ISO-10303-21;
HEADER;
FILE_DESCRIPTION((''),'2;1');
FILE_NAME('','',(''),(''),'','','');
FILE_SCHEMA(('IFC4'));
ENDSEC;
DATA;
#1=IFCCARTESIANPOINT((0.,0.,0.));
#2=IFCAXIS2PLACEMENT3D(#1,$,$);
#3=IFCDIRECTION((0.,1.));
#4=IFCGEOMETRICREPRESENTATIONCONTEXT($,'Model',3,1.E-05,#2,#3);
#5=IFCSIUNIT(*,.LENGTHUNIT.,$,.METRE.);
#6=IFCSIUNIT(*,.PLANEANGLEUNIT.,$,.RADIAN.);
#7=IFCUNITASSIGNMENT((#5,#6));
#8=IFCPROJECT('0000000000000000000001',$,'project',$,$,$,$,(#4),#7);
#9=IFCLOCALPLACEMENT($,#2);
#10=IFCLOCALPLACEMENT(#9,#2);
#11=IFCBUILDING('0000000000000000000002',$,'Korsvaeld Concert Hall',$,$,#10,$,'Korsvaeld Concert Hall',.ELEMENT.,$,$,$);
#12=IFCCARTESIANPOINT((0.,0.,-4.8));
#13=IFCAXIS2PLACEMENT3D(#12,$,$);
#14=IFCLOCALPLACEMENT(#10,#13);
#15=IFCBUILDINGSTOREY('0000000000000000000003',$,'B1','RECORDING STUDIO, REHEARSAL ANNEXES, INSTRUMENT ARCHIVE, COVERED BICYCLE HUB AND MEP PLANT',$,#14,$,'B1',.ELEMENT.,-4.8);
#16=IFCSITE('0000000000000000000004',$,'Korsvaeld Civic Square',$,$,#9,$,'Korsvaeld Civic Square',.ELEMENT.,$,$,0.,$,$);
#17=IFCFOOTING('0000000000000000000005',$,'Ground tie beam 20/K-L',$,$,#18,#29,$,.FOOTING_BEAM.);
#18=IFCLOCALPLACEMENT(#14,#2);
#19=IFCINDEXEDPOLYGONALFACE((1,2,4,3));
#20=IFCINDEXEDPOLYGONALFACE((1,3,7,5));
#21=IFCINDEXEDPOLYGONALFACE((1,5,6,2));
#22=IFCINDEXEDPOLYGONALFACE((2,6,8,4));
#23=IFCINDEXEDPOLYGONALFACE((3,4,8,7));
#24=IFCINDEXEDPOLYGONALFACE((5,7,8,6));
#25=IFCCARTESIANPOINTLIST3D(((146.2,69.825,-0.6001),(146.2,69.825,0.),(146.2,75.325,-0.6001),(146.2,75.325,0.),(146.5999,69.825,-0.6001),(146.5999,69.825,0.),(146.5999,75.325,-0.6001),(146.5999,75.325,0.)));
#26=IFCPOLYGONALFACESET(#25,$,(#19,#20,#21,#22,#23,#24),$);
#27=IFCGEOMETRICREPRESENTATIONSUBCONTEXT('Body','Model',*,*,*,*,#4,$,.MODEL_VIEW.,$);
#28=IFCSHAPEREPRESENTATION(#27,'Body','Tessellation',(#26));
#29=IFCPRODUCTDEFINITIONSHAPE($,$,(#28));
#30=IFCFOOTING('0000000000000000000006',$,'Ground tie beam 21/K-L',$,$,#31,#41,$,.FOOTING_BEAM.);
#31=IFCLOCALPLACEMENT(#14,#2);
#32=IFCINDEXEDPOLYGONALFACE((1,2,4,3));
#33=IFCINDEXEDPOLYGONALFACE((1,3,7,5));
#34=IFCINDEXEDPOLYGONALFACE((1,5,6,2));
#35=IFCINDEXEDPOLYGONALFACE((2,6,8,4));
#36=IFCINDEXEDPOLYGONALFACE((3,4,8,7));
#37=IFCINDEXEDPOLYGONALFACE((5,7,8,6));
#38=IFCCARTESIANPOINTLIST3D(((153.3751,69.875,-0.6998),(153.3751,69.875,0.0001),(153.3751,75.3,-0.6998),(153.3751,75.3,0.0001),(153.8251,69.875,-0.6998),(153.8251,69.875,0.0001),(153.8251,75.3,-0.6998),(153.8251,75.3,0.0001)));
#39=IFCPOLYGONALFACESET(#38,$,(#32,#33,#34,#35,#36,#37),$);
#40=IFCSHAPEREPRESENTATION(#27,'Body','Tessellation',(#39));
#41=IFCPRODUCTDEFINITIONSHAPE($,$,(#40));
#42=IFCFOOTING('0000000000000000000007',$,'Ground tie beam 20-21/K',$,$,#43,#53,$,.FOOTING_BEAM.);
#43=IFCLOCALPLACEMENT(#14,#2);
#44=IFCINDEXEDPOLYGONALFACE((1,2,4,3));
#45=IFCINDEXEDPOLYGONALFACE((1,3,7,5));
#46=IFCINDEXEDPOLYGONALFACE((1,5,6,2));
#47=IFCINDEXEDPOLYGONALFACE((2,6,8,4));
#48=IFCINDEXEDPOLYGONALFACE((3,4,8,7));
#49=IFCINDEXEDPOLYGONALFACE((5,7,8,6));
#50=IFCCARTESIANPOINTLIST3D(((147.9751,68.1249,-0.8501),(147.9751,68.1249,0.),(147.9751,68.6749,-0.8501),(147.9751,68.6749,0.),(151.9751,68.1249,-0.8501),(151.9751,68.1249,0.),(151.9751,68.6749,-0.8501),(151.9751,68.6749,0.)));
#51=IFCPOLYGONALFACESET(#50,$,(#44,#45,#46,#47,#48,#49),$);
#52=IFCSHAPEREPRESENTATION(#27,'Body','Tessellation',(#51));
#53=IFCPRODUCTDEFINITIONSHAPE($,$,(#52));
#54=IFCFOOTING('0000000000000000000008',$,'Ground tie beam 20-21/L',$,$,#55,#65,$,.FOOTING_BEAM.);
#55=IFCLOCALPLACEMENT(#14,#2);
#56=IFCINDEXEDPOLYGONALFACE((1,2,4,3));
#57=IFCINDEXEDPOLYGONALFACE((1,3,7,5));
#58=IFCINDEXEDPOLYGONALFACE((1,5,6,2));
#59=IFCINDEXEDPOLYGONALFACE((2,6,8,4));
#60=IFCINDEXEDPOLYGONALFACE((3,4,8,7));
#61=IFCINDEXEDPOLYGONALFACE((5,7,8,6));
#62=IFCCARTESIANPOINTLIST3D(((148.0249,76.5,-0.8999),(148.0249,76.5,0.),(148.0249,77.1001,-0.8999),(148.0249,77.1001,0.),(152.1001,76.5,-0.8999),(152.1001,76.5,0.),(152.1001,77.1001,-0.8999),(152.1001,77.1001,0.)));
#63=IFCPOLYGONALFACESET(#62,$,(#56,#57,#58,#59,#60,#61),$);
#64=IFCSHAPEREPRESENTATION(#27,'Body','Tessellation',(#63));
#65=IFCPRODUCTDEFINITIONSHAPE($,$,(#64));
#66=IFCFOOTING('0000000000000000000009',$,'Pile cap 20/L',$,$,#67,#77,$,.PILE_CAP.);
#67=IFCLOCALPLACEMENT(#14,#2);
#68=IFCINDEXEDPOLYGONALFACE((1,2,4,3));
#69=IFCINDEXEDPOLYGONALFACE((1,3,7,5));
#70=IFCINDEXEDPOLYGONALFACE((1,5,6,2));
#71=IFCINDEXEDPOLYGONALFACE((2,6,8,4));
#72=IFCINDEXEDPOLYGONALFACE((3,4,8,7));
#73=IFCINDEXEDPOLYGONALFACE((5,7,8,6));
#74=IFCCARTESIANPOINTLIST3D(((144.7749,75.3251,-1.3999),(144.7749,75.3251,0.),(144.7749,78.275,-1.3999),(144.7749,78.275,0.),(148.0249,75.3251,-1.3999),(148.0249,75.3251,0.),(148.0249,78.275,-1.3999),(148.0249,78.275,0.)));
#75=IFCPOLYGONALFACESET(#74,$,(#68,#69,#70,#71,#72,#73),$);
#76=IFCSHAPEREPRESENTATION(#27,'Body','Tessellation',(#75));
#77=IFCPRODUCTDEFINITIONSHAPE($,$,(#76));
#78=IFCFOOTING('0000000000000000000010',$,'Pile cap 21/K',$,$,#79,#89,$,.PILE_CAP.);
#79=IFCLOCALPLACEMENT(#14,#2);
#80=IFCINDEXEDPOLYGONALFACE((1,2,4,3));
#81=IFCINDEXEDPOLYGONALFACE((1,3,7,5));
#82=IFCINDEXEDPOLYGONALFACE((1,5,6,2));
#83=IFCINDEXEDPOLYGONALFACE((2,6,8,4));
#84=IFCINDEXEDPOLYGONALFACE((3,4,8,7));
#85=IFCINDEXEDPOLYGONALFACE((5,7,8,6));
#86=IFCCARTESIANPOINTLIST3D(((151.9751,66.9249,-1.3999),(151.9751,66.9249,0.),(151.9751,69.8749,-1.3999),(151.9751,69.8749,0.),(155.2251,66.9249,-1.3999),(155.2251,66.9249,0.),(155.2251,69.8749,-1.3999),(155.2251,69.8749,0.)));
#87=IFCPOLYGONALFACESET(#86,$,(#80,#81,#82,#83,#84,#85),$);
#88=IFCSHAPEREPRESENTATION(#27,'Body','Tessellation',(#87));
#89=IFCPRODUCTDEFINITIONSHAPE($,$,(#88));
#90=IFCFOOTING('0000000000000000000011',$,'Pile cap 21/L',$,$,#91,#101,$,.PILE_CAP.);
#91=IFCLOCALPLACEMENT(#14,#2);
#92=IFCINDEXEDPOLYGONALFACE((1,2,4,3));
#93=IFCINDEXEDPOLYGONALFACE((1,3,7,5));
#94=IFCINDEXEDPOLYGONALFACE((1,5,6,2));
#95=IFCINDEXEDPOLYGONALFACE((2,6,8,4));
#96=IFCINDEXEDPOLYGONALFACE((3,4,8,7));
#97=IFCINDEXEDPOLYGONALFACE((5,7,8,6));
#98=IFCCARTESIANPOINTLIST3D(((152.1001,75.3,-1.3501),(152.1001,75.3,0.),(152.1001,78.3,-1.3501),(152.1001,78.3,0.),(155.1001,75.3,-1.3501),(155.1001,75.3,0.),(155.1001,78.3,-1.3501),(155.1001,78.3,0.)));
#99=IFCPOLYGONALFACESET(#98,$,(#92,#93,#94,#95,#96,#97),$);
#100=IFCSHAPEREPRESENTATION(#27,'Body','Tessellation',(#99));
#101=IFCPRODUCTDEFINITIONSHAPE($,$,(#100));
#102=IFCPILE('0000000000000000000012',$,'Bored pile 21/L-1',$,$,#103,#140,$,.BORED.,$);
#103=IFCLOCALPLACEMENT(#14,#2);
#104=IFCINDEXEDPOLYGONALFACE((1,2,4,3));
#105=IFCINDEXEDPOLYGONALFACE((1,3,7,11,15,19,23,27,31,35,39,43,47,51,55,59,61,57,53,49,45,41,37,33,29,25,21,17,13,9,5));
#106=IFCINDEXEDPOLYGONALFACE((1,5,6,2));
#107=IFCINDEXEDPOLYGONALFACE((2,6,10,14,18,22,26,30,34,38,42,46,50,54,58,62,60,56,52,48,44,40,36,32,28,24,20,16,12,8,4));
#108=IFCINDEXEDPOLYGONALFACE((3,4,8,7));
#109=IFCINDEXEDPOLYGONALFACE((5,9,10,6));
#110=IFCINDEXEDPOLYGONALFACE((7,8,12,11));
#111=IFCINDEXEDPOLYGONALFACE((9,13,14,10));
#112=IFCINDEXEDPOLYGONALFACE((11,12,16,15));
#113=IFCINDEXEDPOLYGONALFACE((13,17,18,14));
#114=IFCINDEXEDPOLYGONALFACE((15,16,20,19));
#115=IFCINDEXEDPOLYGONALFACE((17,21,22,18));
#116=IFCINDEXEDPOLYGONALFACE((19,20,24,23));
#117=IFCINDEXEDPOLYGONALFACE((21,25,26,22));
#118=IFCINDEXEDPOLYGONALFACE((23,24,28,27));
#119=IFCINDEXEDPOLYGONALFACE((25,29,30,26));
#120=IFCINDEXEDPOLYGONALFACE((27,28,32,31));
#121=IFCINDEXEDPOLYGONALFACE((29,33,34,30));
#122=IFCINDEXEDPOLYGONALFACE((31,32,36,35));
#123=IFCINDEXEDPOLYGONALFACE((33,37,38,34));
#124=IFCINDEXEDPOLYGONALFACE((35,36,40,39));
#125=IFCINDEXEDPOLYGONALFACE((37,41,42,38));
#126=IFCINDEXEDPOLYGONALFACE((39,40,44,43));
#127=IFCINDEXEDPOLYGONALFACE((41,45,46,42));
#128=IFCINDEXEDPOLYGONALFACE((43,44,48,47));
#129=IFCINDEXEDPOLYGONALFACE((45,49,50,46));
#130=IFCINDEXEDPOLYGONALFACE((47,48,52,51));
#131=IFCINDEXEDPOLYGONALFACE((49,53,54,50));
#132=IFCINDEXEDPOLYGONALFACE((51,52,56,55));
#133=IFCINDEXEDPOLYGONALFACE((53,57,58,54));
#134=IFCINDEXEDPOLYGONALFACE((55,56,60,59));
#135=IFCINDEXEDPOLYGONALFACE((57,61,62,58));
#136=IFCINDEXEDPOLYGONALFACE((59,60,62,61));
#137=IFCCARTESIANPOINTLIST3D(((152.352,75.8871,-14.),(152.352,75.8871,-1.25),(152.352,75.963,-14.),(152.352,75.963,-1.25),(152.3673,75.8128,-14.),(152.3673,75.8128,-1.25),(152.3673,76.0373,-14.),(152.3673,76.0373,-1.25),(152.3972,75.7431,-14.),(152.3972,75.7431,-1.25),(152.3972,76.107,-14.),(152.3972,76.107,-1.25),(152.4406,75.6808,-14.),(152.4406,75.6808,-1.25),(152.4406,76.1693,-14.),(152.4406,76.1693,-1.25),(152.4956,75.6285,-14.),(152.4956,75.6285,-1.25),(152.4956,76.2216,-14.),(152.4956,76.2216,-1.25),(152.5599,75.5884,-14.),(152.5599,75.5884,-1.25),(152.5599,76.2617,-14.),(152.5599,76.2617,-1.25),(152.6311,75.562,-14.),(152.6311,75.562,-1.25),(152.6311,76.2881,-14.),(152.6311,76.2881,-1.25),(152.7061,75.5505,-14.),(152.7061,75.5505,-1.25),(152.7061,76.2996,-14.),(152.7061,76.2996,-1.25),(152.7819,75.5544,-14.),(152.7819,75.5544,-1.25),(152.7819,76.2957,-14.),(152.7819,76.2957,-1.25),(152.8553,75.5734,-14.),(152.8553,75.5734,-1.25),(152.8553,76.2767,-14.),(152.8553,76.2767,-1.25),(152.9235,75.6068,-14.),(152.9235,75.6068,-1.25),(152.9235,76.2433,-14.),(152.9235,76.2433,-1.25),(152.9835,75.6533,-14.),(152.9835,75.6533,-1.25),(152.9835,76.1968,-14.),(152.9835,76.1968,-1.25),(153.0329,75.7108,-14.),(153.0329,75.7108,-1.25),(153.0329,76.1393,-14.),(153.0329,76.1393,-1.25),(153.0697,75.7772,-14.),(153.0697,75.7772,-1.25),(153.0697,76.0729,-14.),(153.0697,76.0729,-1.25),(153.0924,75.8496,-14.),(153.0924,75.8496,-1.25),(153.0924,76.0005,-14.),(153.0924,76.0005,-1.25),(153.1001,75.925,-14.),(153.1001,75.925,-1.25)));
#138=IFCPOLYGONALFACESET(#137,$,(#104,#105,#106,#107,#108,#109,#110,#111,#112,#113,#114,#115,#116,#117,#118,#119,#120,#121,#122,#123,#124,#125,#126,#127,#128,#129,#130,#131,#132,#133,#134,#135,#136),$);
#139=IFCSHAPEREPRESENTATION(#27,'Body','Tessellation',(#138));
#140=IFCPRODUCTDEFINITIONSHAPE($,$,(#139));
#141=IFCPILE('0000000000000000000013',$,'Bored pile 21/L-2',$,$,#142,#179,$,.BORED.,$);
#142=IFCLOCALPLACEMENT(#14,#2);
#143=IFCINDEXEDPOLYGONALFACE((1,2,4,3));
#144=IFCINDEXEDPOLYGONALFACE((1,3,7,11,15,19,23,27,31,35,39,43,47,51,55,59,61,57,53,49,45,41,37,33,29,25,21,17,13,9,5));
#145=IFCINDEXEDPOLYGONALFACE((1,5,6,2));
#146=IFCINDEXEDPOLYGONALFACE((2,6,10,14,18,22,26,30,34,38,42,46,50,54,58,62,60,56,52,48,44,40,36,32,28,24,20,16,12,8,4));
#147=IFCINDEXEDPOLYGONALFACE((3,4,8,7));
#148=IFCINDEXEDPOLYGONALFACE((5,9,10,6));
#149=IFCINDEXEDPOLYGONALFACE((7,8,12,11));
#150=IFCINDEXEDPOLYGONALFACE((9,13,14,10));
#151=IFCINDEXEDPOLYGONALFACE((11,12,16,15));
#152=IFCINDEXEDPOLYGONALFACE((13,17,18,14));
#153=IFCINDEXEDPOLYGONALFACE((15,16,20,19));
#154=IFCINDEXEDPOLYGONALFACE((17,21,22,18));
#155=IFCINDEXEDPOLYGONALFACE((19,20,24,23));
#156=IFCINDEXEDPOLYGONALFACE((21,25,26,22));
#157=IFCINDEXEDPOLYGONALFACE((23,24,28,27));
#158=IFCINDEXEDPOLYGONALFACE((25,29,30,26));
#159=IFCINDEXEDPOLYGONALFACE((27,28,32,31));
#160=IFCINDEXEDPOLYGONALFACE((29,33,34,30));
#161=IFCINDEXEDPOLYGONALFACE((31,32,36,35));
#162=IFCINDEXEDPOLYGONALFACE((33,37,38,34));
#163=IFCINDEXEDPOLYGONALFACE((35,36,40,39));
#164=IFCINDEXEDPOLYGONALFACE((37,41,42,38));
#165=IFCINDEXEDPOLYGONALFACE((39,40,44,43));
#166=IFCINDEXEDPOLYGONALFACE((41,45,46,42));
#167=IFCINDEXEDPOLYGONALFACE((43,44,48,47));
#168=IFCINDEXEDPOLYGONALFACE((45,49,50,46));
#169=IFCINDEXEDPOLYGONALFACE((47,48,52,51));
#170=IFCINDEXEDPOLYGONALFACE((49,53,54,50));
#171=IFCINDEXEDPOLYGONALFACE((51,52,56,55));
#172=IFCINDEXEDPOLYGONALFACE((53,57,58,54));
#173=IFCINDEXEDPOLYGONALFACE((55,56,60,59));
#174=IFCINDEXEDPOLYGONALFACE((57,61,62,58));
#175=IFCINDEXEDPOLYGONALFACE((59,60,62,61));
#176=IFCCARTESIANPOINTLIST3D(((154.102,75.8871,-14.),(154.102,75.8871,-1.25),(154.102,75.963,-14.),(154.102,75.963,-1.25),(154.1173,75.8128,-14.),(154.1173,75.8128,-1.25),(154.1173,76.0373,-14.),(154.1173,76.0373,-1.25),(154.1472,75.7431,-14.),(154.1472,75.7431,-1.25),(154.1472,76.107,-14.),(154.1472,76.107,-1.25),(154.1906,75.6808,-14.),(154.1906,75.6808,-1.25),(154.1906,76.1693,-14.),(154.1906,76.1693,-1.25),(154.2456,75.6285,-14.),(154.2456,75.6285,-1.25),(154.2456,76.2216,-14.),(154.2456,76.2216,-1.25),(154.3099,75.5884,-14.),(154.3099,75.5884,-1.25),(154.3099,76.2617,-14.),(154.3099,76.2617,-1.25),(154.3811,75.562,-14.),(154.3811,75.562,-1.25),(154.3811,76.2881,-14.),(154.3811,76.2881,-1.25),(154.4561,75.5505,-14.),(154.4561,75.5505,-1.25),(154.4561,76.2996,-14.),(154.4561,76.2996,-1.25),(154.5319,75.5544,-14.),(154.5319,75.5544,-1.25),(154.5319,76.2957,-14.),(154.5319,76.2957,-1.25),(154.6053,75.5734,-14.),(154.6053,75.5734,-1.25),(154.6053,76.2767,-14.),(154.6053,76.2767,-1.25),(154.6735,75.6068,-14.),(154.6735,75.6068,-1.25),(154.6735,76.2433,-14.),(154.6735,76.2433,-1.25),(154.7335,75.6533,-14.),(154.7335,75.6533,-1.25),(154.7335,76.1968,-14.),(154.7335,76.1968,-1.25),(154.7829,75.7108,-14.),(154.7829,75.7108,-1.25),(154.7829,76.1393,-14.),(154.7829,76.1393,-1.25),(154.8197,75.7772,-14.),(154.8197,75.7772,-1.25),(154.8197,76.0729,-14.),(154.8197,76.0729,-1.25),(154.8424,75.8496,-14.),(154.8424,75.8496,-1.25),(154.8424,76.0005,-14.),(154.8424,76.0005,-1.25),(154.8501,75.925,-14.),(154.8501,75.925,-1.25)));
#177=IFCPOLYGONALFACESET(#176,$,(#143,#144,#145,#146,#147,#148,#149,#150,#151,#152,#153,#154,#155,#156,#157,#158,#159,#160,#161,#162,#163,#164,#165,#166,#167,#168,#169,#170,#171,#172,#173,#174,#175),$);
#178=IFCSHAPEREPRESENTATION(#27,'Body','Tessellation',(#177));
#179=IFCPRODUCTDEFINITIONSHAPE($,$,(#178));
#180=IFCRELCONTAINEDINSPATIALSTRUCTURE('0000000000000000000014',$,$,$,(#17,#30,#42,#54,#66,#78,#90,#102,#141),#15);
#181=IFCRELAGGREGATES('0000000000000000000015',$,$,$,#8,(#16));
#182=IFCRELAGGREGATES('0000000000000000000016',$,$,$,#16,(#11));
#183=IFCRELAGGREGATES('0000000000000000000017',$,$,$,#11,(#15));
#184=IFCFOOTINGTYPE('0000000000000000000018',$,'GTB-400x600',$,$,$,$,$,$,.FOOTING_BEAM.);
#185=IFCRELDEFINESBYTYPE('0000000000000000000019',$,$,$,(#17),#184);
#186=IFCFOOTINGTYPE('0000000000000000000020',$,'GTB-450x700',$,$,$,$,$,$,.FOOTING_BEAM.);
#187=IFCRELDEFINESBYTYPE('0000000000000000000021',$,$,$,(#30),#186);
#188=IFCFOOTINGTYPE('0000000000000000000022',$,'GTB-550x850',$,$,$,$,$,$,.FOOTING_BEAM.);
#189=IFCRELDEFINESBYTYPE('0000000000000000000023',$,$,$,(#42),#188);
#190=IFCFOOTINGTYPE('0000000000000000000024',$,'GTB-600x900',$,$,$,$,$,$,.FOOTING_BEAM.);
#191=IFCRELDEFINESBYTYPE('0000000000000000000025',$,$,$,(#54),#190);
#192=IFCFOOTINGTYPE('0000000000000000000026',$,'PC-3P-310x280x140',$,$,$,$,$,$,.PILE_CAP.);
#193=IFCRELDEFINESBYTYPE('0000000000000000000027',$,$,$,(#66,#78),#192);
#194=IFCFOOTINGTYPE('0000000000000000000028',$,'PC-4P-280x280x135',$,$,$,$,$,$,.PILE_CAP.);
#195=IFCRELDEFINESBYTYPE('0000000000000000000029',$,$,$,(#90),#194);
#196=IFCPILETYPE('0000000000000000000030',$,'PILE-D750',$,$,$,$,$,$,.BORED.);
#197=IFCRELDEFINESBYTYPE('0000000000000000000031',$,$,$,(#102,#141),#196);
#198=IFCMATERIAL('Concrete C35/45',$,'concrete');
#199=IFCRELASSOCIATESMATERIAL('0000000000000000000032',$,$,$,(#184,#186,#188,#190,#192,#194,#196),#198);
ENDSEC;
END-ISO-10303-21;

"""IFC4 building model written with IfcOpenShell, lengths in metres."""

from ifc_helpers import new_model, si_unit, direction, frame, origin, origin_2d, place, context, subcontext, project, spatial, rectangle, circle, extrude, material, material_profile, profile_set, type_object, element, save


model = new_model("IFC4")

# Units and contexts
model_context = context("Model", 3, precision=1e-05, world=origin(), true_north=direction((0.0, 1.0)))
body_context = subcontext(model_context, "Body", "Model", "MODEL_VIEW")
ifc_project = project(units=[si_unit("LENGTHUNIT", "METRE"), si_unit("PLANEANGLEUNIT", "RADIAN")], contexts=[model_context])

# Site, building, storey
site_placement = place(None, origin())
site = spatial("IfcSite", under=ifc_project, at=site_placement, Name="Korsvaeld Civic Square", LongName="Korsvaeld Civic Square", CompositionType="ELEMENT", RefElevation=0.0)
building_placement = place(site_placement, origin())
building = spatial("IfcBuilding", under=site, at=building_placement, Name="Korsvaeld Concert Hall", LongName="Korsvaeld Concert Hall", CompositionType="ELEMENT")
storey_placement = place(building_placement, frame((0.0, 0.0, -4.8)))
storey = spatial("IfcBuildingStorey", under=building, at=storey_placement, Name="B1", Description="RECORDING STUDIO, REHEARSAL ANNEXES, INSTRUMENT ARCHIVE, COVERED BICYCLE HUB AND MEP PLANT", LongName="B1", CompositionType="ELEMENT", Elevation=-4.8)

# Footings
ifc_material_1 = material(Name="Concrete C35/45", Category="concrete")
ifc_material_profile_1 = material_profile(ifc_material_1, rectangle(XDim=0.3999, YDim=0.6001, at=origin_2d()), Name="GTB 400x600")
ifc_profile_set_1 = profile_set([ifc_material_profile_1], Name="Concrete C35/45")
footing_type_1 = type_object("IfcFootingType", Name="GTB-400x600", PredefinedType="FOOTING_BEAM", material=ifc_profile_set_1)
footing_1_placement = place(storey_placement, frame((146.3999, 69.825, -0.3), z_axis=(0.0, 1.0, 0.0), x_axis=(-1.0, 0.0, 0.0)))
element("IfcFooting", 1, at=footing_1_placement, inside=storey, type_object=footing_type_1, Name="Ground tie beam 20/K-L", PredefinedType="FOOTING_BEAM", context=body_context, shape_type="SweptSolid", body=[
    extrude(rectangle(XDim=0.3999, YDim=0.6001, at=origin_2d()), origin(), (0.0, 0.0, 1.0), 5.5),
])
ifc_material_profile_2 = material_profile(ifc_material_1, rectangle(XDim=0.45, YDim=0.7, at=origin_2d()), Name="GTB 450x700")
ifc_profile_set_2 = profile_set([ifc_material_profile_2], Name="Concrete C35/45")
footing_type_2 = type_object("IfcFootingType", Name="GTB-450x700", PredefinedType="FOOTING_BEAM", material=ifc_profile_set_2)
footing_2_placement = place(storey_placement, frame((153.6001, 69.875, -0.3499), z_axis=(0.0, 1.0, 0.0), x_axis=(-1.0, 0.0, 0.0)))
element("IfcFooting", 2, at=footing_2_placement, inside=storey, type_object=footing_type_2, Name="Ground tie beam 21/K-L", PredefinedType="FOOTING_BEAM", context=body_context, shape_type="SweptSolid", body=[
    extrude(rectangle(XDim=0.45, YDim=0.7, at=origin_2d()), origin(), (0.0, 0.0, 1.0), 5.425),
])
ifc_material_profile_3 = material_profile(ifc_material_1, rectangle(XDim=0.55, YDim=0.8501, at=origin_2d()), Name="GTB 550x850")
ifc_profile_set_3 = profile_set([ifc_material_profile_3], Name="Concrete C35/45")
footing_type_3 = type_object("IfcFootingType", Name="GTB-550x850", PredefinedType="FOOTING_BEAM", material=ifc_profile_set_3)
footing_3_placement = place(storey_placement, frame((147.9751, 68.3999, -0.425), z_axis=(1.0, 0.0, 0.0), x_axis=(0.0, 1.0, 0.0)))
element("IfcFooting", 3, at=footing_3_placement, inside=storey, type_object=footing_type_3, Name="Ground tie beam 20-21/K", PredefinedType="FOOTING_BEAM", context=body_context, shape_type="SweptSolid", body=[
    extrude(rectangle(XDim=0.55, YDim=0.8501, at=origin_2d()), origin(), (0.0, 0.0, 1.0), 4.0),
])
ifc_material_profile_4 = material_profile(ifc_material_1, rectangle(XDim=0.6001, YDim=0.8999, at=origin_2d()), Name="GTB 600x900")
ifc_profile_set_4 = profile_set([ifc_material_profile_4], Name="Concrete C35/45")
footing_type_4 = type_object("IfcFootingType", Name="GTB-600x900", PredefinedType="FOOTING_BEAM", material=ifc_profile_set_4)
footing_4_placement = place(storey_placement, frame((148.0249, 76.8, -0.45), z_axis=(1.0, 0.0, 0.0), x_axis=(0.0, 1.0, 0.0)))
element("IfcFooting", 4, at=footing_4_placement, inside=storey, type_object=footing_type_4, Name="Ground tie beam 20-21/L", PredefinedType="FOOTING_BEAM", context=body_context, shape_type="SweptSolid", body=[
    extrude(rectangle(XDim=0.6001, YDim=0.8999, at=origin_2d()), origin(), (0.0, 0.0, 1.0), 4.0752),
])
footing_type_5 = type_object("IfcFootingType", Name="PC-3P-310x280x140", PredefinedType="PILE_CAP", material=ifc_material_1)
for number, where, z_axis, x_axis, name in (
    (5, (146.3999, 76.8, -1.3999), (0.0, 0.0, 1.0), (1.0, 0.0, 0.0), "Pile cap 20/L"),
    (6, (153.6001, 68.3999, -1.3999), (0.0, 0.0, 1.0), (1.0, 0.0, 0.0), "Pile cap 21/K"),
):
    element("IfcFooting", number, at=place(storey_placement, frame(where, z_axis=z_axis, x_axis=x_axis)), inside=storey, type_object=footing_type_5, Name=name, PredefinedType="PILE_CAP", context=body_context, shape_type="SweptSolid", body=[
        extrude(rectangle(XDim=3.25, YDim=2.95, at=origin_2d()), origin(), (0.0, 0.0, 1.0), 1.3999),
    ])
footing_type_6 = type_object("IfcFootingType", Name="PC-4P-280x280x135", PredefinedType="PILE_CAP", material=ifc_material_1)
footing_5_placement = place(storey_placement, frame((153.6001, 76.8, -1.3501), z_axis=(0.0, 0.0, 1.0), x_axis=(1.0, 0.0, 0.0)))
element("IfcFooting", 7, at=footing_5_placement, inside=storey, type_object=footing_type_6, Name="Pile cap 21/L", PredefinedType="PILE_CAP", context=body_context, shape_type="SweptSolid", body=[
    extrude(rectangle(XDim=3.0, YDim=3.0, at=origin_2d()), origin(), (0.0, 0.0, 1.0), 1.3501),
])

# Piles
ifc_material_profile_5 = material_profile(ifc_material_1, circle(Radius=0.375, at=origin_2d()), Name="BORED PILE D750")
ifc_profile_set_5 = profile_set([ifc_material_profile_5], Name="Concrete C35/45")
pile_type_1 = type_object("IfcPileType", Name="PILE-D750", PredefinedType="BORED", material=ifc_profile_set_5)
for number, where, z_axis, x_axis, name in (
    (8, (152.7251, 75.925, -1.25), (0.0, 0.0, -1.0), (1.0, 0.0, 0.0), "Bored pile 21/L-1"),
    (9, (154.4751, 75.925, -1.25), (0.0, 0.0, -1.0), (1.0, 0.0, 0.0), "Bored pile 21/L-2"),
):
    element("IfcPile", number, at=place(storey_placement, frame(where, z_axis=z_axis, x_axis=x_axis)), inside=storey, type_object=pile_type_1, Name=name, PredefinedType="BORED", context=body_context, shape_type="SweptSolid", body=[
        extrude(circle(Radius=0.375, at=origin_2d()), origin(), (0.0, 0.0, 1.0), 12.75),
    ])

save(model, "model.ifc")
